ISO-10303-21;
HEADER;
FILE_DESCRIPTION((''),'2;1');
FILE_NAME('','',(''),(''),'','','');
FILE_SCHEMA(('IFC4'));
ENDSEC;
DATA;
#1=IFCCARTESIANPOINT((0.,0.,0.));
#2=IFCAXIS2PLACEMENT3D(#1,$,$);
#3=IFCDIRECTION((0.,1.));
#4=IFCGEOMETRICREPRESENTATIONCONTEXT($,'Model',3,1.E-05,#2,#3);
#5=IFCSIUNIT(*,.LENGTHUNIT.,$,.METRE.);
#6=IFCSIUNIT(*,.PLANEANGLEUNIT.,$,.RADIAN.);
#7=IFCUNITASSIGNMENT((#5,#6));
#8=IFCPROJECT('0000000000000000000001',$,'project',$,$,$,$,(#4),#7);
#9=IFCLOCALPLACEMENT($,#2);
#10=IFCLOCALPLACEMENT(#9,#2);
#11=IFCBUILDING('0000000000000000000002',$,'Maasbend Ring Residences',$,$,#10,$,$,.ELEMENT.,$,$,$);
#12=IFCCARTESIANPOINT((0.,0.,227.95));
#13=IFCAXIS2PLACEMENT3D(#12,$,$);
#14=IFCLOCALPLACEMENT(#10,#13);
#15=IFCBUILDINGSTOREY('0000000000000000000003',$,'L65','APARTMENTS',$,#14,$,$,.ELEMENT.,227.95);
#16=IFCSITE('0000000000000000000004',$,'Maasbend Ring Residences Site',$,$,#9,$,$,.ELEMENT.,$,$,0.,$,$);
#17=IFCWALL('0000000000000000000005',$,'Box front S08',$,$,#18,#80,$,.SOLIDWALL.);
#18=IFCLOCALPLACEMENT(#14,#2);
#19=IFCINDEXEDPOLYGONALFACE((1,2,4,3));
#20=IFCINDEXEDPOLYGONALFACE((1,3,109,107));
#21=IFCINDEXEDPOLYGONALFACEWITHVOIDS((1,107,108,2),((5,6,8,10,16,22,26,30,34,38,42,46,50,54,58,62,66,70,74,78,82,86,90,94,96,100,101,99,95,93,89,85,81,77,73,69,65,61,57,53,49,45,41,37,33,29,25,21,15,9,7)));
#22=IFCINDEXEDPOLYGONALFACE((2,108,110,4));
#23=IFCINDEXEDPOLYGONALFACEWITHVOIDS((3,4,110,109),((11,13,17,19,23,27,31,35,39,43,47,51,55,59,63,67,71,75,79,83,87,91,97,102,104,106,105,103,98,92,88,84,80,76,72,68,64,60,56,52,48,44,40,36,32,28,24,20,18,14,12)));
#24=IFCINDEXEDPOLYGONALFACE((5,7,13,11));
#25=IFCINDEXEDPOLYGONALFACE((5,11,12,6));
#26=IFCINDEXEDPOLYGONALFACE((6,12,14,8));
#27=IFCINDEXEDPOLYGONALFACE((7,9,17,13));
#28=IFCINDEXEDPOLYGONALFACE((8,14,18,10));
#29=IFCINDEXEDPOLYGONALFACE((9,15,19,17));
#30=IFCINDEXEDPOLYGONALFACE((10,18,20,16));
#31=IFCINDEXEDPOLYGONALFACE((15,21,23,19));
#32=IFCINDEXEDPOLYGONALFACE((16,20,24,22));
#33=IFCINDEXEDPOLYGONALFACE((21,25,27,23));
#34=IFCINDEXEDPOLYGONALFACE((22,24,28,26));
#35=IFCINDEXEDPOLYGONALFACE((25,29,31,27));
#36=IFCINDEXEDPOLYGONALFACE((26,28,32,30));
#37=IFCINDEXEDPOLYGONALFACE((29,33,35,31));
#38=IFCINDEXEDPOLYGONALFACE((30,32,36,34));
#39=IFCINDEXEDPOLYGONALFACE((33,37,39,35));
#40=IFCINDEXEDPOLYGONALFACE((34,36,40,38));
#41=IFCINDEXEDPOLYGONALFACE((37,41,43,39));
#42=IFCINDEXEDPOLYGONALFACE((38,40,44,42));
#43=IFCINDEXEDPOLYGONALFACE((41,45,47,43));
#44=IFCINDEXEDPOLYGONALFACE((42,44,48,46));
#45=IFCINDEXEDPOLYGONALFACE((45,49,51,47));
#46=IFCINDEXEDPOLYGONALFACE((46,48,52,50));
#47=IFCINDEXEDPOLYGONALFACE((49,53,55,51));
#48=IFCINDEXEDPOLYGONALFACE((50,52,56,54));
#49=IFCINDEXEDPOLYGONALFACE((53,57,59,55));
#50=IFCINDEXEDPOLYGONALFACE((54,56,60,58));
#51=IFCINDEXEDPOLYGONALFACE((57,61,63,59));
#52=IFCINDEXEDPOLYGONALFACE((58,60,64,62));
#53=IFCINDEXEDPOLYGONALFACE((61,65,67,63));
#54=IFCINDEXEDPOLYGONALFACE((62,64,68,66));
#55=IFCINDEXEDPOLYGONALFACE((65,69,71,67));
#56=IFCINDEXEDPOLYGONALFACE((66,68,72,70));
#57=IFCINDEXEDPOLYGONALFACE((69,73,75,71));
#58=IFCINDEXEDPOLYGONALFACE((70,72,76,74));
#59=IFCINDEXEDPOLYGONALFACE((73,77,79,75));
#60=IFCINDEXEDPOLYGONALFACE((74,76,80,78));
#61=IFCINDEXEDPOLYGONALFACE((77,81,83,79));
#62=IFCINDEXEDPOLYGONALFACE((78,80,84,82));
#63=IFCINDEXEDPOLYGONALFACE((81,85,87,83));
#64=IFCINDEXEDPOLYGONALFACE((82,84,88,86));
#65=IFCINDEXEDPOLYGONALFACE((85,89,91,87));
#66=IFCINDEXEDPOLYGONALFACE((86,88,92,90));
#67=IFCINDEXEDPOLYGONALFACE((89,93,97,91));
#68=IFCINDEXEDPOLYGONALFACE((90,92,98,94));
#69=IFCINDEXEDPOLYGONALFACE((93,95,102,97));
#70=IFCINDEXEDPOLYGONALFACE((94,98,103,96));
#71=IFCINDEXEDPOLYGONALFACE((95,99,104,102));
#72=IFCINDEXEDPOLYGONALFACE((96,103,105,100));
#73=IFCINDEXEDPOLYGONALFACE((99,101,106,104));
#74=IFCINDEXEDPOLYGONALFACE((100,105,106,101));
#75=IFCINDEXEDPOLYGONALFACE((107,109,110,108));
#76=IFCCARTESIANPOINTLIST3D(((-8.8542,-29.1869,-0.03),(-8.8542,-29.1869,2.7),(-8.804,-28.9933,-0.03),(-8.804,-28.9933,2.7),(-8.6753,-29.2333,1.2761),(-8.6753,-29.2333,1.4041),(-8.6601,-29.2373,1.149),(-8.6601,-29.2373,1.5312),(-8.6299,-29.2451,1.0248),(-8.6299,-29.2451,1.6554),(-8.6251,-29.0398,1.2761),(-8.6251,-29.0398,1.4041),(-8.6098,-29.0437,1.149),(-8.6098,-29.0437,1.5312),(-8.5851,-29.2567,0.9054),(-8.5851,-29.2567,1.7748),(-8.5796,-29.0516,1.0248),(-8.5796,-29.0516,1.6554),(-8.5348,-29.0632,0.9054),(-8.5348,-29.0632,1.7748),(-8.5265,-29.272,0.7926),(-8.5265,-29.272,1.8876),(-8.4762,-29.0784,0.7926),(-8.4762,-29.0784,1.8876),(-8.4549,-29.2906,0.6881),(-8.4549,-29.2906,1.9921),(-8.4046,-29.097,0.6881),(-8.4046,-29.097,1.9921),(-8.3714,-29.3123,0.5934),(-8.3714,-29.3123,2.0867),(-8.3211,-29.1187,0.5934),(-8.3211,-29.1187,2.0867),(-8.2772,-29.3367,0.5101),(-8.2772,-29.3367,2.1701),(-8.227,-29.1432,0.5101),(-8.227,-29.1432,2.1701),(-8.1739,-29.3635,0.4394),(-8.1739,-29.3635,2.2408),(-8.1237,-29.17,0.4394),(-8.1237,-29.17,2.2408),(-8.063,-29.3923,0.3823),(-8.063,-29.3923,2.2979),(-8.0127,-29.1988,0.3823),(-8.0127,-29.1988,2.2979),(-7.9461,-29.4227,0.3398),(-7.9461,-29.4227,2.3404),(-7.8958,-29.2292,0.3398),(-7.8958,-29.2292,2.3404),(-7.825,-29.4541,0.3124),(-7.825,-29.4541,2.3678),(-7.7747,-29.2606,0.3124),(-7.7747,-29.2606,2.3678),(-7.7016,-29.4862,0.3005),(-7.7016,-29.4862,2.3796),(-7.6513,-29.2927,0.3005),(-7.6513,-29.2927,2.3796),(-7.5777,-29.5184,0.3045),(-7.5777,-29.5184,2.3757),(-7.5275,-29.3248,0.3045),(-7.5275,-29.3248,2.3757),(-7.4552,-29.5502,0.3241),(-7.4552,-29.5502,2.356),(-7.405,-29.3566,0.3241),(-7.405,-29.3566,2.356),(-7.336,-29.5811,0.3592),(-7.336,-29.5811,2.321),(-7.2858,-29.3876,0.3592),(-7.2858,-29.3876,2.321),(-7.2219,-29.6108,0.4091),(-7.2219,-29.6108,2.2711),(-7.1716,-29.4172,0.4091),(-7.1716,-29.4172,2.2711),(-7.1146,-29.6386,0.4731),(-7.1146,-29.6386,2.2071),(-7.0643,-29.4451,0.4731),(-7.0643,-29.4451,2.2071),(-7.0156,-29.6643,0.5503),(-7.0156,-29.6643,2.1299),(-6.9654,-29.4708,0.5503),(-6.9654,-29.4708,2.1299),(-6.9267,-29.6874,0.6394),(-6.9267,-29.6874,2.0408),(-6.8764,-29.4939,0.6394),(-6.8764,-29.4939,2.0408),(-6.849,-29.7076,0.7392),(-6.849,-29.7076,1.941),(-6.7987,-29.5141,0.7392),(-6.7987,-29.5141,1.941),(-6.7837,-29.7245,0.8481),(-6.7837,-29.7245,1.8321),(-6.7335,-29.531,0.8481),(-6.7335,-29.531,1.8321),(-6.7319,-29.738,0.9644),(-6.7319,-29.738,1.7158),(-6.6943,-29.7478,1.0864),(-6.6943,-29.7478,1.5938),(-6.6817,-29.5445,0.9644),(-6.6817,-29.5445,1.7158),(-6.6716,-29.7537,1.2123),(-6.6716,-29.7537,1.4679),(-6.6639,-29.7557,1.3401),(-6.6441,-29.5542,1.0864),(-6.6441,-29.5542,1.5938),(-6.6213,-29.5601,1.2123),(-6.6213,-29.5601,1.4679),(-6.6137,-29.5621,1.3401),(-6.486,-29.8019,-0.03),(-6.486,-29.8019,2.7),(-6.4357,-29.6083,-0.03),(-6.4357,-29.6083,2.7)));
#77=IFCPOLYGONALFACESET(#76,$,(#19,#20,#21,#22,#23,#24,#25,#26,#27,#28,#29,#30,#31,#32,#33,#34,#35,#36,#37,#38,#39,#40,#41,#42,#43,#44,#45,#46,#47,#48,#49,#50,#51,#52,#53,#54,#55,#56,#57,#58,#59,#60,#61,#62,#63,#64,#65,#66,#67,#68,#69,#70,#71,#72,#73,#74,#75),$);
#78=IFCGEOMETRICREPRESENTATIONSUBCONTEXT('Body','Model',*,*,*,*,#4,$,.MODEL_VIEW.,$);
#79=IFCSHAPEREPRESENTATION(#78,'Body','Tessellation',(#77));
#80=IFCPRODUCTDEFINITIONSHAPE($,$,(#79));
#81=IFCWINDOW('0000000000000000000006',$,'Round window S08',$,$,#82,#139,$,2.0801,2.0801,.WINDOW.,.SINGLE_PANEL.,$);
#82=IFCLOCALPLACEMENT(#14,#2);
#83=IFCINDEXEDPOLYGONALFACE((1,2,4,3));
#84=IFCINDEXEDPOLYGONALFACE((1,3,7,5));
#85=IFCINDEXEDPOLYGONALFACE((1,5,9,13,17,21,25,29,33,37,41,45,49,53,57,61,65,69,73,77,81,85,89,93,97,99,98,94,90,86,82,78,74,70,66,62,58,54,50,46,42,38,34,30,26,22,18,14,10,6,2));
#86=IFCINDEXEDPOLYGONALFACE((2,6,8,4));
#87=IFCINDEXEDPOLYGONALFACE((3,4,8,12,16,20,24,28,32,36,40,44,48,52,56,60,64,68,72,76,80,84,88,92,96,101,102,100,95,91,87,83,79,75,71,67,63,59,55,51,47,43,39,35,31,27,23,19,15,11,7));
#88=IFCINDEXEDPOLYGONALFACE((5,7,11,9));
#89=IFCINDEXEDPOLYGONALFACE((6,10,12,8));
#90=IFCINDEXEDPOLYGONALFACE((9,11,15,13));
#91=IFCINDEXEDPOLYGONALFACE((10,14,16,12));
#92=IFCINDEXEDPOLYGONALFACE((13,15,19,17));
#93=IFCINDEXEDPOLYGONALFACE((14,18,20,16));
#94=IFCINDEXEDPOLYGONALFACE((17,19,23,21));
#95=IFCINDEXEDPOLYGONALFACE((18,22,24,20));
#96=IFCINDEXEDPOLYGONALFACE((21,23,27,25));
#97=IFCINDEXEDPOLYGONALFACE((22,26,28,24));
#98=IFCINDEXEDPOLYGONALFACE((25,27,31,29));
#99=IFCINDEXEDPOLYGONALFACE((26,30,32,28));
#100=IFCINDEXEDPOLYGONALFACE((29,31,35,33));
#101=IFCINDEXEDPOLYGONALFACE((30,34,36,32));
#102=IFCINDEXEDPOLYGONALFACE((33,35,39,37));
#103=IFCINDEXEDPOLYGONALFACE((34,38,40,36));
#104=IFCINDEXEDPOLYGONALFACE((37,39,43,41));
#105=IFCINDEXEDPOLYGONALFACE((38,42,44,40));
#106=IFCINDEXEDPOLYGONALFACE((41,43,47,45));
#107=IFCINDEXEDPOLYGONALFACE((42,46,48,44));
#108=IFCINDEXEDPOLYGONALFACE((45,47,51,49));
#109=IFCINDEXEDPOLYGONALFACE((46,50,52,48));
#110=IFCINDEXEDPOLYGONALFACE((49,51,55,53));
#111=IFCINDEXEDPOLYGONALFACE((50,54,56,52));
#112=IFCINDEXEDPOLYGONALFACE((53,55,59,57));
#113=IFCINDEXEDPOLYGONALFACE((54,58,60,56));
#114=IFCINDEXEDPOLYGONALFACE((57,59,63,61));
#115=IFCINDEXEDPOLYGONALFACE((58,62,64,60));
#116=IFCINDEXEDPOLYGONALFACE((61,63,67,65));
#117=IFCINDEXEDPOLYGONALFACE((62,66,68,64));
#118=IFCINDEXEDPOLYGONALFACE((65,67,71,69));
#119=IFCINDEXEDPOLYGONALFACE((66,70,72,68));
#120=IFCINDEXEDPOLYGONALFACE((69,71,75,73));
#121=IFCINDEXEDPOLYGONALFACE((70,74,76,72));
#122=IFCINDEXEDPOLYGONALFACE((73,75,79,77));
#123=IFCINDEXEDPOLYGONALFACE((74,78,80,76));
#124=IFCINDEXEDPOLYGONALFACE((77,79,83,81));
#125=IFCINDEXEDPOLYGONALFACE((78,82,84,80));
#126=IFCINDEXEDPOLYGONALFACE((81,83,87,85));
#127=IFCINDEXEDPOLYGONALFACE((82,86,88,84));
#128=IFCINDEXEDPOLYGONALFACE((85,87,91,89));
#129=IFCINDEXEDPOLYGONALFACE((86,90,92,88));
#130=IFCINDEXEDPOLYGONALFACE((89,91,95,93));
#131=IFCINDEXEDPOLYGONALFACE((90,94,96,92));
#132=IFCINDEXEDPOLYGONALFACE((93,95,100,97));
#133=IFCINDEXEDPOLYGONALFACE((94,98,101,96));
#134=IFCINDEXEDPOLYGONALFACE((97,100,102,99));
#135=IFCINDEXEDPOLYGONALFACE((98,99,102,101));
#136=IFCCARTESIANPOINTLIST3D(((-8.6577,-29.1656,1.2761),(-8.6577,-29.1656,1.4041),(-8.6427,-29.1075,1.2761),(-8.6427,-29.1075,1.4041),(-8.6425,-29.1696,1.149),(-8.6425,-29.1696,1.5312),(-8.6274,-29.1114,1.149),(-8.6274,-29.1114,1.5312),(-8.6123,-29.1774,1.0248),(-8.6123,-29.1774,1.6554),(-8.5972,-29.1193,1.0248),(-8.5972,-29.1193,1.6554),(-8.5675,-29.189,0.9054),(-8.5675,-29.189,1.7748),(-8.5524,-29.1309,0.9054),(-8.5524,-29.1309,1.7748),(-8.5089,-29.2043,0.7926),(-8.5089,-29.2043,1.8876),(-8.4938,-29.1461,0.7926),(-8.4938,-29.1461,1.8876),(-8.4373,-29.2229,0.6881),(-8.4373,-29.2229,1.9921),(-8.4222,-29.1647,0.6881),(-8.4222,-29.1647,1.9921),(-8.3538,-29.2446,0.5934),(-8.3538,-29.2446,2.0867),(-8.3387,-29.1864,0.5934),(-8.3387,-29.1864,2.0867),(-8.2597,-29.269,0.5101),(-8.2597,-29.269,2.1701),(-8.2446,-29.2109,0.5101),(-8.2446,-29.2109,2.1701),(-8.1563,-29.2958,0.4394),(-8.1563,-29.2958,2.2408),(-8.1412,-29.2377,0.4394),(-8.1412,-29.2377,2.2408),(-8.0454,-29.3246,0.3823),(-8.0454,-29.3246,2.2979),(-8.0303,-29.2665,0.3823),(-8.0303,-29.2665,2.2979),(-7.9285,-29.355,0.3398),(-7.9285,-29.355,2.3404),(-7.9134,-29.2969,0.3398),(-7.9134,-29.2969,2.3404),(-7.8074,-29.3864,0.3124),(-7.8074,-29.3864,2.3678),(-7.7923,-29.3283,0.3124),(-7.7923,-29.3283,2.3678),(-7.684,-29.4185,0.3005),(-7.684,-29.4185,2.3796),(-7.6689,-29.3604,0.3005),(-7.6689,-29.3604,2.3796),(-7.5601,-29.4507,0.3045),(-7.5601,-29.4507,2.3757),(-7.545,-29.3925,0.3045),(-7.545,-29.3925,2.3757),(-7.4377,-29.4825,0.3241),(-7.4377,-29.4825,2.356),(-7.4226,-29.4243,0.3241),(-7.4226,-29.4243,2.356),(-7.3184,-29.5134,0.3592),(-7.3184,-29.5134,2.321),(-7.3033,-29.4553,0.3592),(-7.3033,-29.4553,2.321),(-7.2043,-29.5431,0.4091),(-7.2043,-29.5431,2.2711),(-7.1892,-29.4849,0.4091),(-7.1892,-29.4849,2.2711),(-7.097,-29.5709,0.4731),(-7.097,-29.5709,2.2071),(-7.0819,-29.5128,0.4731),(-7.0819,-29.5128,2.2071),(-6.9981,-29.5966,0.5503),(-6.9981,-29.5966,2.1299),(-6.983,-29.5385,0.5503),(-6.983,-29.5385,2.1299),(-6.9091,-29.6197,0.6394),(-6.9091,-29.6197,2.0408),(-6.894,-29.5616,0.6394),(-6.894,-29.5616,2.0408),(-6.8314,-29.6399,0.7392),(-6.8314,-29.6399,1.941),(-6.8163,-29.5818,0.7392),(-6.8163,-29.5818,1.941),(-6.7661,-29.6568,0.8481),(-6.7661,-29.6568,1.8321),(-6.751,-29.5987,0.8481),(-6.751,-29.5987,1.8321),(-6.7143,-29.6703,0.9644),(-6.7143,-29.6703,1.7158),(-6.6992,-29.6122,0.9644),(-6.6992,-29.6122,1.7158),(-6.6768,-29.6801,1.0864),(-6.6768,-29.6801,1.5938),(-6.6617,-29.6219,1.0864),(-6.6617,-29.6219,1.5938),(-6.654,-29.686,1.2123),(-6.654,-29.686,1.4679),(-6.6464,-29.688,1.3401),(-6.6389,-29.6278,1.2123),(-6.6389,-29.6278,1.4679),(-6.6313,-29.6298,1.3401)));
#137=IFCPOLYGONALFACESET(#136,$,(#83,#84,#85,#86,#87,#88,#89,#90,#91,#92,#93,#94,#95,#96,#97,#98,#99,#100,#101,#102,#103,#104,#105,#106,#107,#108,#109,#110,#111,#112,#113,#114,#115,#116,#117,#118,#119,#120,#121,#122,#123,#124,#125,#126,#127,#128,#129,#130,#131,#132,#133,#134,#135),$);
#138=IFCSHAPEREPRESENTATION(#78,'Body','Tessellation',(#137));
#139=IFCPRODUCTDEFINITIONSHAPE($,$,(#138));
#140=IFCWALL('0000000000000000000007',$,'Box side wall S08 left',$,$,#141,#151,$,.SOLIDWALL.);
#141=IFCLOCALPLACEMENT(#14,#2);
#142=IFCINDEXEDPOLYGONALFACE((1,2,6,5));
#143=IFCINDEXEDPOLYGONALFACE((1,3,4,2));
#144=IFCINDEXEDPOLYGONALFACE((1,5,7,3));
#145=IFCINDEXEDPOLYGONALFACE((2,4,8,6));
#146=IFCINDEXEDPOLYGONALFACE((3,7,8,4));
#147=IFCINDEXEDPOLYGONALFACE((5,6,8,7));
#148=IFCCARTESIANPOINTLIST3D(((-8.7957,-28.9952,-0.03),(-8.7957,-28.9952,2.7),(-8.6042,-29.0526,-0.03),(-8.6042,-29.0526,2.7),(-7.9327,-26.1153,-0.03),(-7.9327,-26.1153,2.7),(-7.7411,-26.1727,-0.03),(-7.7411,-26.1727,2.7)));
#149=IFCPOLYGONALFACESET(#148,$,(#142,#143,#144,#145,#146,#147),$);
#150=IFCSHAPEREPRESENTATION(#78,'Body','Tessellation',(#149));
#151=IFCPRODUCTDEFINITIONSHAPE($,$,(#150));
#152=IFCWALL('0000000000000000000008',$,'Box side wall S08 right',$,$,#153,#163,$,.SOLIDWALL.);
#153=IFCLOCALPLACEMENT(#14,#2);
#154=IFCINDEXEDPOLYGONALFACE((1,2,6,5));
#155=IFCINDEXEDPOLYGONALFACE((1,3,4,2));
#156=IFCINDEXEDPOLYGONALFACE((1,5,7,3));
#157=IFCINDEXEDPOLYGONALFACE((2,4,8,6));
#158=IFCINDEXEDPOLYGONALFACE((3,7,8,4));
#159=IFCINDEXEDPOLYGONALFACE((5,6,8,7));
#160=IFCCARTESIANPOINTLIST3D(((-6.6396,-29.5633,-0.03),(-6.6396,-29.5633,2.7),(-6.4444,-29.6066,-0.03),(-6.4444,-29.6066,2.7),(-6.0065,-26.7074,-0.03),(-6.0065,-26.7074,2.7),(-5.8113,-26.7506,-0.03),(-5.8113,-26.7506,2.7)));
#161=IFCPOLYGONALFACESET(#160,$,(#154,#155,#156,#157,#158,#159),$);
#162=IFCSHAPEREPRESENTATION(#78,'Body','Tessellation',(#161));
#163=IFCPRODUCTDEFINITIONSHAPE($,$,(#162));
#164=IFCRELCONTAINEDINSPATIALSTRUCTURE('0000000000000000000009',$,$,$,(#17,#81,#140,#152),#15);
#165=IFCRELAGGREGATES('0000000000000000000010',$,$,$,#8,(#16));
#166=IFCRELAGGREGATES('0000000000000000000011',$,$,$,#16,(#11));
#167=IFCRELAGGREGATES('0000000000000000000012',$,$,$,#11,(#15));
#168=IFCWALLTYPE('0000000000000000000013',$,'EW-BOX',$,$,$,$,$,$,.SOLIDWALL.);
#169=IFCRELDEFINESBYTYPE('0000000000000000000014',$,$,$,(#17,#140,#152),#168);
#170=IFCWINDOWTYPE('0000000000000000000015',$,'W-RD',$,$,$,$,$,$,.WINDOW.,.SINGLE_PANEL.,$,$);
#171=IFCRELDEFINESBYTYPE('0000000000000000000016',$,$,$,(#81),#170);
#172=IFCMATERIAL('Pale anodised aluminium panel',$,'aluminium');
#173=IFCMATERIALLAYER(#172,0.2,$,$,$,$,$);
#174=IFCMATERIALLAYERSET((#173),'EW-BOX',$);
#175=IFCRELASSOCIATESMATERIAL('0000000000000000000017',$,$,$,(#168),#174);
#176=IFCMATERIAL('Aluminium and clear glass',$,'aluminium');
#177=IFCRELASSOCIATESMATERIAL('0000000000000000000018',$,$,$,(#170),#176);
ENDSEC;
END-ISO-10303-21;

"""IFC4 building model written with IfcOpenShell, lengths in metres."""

from ifc_helpers import new_model, si_unit, direction, frame, frame_2d, origin, place, context, subcontext, project, spatial, rectangle, circle, extrude, material, layer, layer_set, type_object, element, fill, save


model = new_model("IFC4")

# Units and contexts
model_context = context("Model", 3, precision=1e-05, world=origin(), true_north=direction((0.0, 1.0)))
body_context = subcontext(model_context, "Body", "Model", "MODEL_VIEW")
ifc_project = project(units=[si_unit("LENGTHUNIT", "METRE"), si_unit("PLANEANGLEUNIT", "RADIAN")], contexts=[model_context])

# Site, building, storey
site_placement = place(None, origin())
site = spatial("IfcSite", under=ifc_project, at=site_placement, Name="Maasbend Ring Residences Site", CompositionType="ELEMENT", RefElevation=0.0)
building_placement = place(site_placement, origin())
building = spatial("IfcBuilding", under=site, at=building_placement, Name="Maasbend Ring Residences", CompositionType="ELEMENT")
storey_placement = place(building_placement, frame((0.0, 0.0, 227.95)))
storey = spatial("IfcBuildingStorey", under=building, at=storey_placement, Name="L65", Description="APARTMENTS", CompositionType="ELEMENT", Elevation=227.95)

# Wall, opening, window
ifc_material_1 = material(Name="Pale anodised aluminium panel", Category="aluminium")
ifc_layer_1 = layer(ifc_material_1, 0.2)
ifc_layer_set_1 = layer_set([ifc_layer_1], Name="EW-BOX")
wall_type_1 = type_object("IfcWallType", Name="EW-BOX", PredefinedType="SOLIDWALL", material=ifc_layer_set_1)
wall_1_placement = place(storey_placement, frame((-8.8291, -29.0901, -0.03), z_axis=(0.0, 0.0, 1.0), x_axis=(0.967895, -0.251353, 0.0)))
wall_1 = element("IfcWall", 1, at=wall_1_placement, inside=storey, type_object=wall_type_1, Name="Box front S08", PredefinedType="SOLIDWALL", context=body_context, shape_type="SweptSolid", body=[
    extrude(rectangle(XDim=2.4468, YDim=0.2, at=frame_2d((1.2234, 0.0))), origin(), (0.0, 0.0, 1.0), 2.73),
])
opening_1_placement = place(wall_1_placement, frame((0.1829, 0.0, 0.3301)))
opening_1 = element("IfcOpeningElement", 2, at=opening_1_placement, cuts=wall_1, PredefinedType="OPENING", context=body_context, shape_type="SweptSolid", body=[
    extrude(circle(Radius=1.04, at=frame_2d((1.04, 1.04))), frame((0.0, 0.1099, 0.0), z_axis=(0.0, -1.0, 0.0), x_axis=(1.0, 0.0, 0.0)), (0.0, 0.0, 1.0), 0.22),
])
ifc_material_2 = material(Name="Aluminium and clear glass", Category="aluminium")
window_type_1 = type_object("IfcWindowType", Name="W-RD", PartitioningType="SINGLE_PANEL", PredefinedType="WINDOW", material=ifc_material_2)
window_1_placement = place(opening_1_placement, origin())
window_1 = element("IfcWindow", 3, at=window_1_placement, inside=storey, type_object=window_type_1, Name="Round window S08", OverallHeight=2.0801, OverallWidth=2.0801, PartitioningType="SINGLE_PANEL", PredefinedType="WINDOW", context=body_context, shape_type="SweptSolid", body=[
    extrude(circle(Radius=1.04, at=frame_2d((1.04, 1.04))), frame((0.0, 0.03, 0.0), z_axis=(0.0, -1.0, 0.0), x_axis=(1.0, 0.0, 0.0)), (0.0, 0.0, 1.0), 0.0601),
])
fill(opening_1, window_1)

# Walls
wall_2_placement = place(storey_placement, frame((-7.8369, -26.144, -0.03), z_axis=(0.0, 0.0, 1.0), x_axis=(-0.287065, -0.957911, 0.0)))
element("IfcWall", 4, at=wall_2_placement, inside=storey, type_object=wall_type_1, Name="Box side wall S08 left", PredefinedType="SOLIDWALL", context=body_context, shape_type="SweptSolid", body=[
    extrude(rectangle(XDim=3.0063, YDim=0.2, at=frame_2d((1.5032, 0.0))), origin(), (0.0, 0.0, 1.0), 2.73),
])
wall_3_placement = place(storey_placement, frame((-5.9089, -26.729, -0.03), z_axis=(0.0, 0.0, 1.0), x_axis=(-0.216409, -0.976303, 0.0)))
element("IfcWall", 5, at=wall_3_placement, inside=storey, type_object=wall_type_1, Name="Box side wall S08 right", PredefinedType="SOLIDWALL", context=body_context, shape_type="SweptSolid", body=[
    extrude(rectangle(XDim=2.9253, YDim=0.2, at=frame_2d((1.4626, 0.0))), origin(), (0.0, 0.0, 1.0), 2.73),
])

save(model, "model.ifc")
